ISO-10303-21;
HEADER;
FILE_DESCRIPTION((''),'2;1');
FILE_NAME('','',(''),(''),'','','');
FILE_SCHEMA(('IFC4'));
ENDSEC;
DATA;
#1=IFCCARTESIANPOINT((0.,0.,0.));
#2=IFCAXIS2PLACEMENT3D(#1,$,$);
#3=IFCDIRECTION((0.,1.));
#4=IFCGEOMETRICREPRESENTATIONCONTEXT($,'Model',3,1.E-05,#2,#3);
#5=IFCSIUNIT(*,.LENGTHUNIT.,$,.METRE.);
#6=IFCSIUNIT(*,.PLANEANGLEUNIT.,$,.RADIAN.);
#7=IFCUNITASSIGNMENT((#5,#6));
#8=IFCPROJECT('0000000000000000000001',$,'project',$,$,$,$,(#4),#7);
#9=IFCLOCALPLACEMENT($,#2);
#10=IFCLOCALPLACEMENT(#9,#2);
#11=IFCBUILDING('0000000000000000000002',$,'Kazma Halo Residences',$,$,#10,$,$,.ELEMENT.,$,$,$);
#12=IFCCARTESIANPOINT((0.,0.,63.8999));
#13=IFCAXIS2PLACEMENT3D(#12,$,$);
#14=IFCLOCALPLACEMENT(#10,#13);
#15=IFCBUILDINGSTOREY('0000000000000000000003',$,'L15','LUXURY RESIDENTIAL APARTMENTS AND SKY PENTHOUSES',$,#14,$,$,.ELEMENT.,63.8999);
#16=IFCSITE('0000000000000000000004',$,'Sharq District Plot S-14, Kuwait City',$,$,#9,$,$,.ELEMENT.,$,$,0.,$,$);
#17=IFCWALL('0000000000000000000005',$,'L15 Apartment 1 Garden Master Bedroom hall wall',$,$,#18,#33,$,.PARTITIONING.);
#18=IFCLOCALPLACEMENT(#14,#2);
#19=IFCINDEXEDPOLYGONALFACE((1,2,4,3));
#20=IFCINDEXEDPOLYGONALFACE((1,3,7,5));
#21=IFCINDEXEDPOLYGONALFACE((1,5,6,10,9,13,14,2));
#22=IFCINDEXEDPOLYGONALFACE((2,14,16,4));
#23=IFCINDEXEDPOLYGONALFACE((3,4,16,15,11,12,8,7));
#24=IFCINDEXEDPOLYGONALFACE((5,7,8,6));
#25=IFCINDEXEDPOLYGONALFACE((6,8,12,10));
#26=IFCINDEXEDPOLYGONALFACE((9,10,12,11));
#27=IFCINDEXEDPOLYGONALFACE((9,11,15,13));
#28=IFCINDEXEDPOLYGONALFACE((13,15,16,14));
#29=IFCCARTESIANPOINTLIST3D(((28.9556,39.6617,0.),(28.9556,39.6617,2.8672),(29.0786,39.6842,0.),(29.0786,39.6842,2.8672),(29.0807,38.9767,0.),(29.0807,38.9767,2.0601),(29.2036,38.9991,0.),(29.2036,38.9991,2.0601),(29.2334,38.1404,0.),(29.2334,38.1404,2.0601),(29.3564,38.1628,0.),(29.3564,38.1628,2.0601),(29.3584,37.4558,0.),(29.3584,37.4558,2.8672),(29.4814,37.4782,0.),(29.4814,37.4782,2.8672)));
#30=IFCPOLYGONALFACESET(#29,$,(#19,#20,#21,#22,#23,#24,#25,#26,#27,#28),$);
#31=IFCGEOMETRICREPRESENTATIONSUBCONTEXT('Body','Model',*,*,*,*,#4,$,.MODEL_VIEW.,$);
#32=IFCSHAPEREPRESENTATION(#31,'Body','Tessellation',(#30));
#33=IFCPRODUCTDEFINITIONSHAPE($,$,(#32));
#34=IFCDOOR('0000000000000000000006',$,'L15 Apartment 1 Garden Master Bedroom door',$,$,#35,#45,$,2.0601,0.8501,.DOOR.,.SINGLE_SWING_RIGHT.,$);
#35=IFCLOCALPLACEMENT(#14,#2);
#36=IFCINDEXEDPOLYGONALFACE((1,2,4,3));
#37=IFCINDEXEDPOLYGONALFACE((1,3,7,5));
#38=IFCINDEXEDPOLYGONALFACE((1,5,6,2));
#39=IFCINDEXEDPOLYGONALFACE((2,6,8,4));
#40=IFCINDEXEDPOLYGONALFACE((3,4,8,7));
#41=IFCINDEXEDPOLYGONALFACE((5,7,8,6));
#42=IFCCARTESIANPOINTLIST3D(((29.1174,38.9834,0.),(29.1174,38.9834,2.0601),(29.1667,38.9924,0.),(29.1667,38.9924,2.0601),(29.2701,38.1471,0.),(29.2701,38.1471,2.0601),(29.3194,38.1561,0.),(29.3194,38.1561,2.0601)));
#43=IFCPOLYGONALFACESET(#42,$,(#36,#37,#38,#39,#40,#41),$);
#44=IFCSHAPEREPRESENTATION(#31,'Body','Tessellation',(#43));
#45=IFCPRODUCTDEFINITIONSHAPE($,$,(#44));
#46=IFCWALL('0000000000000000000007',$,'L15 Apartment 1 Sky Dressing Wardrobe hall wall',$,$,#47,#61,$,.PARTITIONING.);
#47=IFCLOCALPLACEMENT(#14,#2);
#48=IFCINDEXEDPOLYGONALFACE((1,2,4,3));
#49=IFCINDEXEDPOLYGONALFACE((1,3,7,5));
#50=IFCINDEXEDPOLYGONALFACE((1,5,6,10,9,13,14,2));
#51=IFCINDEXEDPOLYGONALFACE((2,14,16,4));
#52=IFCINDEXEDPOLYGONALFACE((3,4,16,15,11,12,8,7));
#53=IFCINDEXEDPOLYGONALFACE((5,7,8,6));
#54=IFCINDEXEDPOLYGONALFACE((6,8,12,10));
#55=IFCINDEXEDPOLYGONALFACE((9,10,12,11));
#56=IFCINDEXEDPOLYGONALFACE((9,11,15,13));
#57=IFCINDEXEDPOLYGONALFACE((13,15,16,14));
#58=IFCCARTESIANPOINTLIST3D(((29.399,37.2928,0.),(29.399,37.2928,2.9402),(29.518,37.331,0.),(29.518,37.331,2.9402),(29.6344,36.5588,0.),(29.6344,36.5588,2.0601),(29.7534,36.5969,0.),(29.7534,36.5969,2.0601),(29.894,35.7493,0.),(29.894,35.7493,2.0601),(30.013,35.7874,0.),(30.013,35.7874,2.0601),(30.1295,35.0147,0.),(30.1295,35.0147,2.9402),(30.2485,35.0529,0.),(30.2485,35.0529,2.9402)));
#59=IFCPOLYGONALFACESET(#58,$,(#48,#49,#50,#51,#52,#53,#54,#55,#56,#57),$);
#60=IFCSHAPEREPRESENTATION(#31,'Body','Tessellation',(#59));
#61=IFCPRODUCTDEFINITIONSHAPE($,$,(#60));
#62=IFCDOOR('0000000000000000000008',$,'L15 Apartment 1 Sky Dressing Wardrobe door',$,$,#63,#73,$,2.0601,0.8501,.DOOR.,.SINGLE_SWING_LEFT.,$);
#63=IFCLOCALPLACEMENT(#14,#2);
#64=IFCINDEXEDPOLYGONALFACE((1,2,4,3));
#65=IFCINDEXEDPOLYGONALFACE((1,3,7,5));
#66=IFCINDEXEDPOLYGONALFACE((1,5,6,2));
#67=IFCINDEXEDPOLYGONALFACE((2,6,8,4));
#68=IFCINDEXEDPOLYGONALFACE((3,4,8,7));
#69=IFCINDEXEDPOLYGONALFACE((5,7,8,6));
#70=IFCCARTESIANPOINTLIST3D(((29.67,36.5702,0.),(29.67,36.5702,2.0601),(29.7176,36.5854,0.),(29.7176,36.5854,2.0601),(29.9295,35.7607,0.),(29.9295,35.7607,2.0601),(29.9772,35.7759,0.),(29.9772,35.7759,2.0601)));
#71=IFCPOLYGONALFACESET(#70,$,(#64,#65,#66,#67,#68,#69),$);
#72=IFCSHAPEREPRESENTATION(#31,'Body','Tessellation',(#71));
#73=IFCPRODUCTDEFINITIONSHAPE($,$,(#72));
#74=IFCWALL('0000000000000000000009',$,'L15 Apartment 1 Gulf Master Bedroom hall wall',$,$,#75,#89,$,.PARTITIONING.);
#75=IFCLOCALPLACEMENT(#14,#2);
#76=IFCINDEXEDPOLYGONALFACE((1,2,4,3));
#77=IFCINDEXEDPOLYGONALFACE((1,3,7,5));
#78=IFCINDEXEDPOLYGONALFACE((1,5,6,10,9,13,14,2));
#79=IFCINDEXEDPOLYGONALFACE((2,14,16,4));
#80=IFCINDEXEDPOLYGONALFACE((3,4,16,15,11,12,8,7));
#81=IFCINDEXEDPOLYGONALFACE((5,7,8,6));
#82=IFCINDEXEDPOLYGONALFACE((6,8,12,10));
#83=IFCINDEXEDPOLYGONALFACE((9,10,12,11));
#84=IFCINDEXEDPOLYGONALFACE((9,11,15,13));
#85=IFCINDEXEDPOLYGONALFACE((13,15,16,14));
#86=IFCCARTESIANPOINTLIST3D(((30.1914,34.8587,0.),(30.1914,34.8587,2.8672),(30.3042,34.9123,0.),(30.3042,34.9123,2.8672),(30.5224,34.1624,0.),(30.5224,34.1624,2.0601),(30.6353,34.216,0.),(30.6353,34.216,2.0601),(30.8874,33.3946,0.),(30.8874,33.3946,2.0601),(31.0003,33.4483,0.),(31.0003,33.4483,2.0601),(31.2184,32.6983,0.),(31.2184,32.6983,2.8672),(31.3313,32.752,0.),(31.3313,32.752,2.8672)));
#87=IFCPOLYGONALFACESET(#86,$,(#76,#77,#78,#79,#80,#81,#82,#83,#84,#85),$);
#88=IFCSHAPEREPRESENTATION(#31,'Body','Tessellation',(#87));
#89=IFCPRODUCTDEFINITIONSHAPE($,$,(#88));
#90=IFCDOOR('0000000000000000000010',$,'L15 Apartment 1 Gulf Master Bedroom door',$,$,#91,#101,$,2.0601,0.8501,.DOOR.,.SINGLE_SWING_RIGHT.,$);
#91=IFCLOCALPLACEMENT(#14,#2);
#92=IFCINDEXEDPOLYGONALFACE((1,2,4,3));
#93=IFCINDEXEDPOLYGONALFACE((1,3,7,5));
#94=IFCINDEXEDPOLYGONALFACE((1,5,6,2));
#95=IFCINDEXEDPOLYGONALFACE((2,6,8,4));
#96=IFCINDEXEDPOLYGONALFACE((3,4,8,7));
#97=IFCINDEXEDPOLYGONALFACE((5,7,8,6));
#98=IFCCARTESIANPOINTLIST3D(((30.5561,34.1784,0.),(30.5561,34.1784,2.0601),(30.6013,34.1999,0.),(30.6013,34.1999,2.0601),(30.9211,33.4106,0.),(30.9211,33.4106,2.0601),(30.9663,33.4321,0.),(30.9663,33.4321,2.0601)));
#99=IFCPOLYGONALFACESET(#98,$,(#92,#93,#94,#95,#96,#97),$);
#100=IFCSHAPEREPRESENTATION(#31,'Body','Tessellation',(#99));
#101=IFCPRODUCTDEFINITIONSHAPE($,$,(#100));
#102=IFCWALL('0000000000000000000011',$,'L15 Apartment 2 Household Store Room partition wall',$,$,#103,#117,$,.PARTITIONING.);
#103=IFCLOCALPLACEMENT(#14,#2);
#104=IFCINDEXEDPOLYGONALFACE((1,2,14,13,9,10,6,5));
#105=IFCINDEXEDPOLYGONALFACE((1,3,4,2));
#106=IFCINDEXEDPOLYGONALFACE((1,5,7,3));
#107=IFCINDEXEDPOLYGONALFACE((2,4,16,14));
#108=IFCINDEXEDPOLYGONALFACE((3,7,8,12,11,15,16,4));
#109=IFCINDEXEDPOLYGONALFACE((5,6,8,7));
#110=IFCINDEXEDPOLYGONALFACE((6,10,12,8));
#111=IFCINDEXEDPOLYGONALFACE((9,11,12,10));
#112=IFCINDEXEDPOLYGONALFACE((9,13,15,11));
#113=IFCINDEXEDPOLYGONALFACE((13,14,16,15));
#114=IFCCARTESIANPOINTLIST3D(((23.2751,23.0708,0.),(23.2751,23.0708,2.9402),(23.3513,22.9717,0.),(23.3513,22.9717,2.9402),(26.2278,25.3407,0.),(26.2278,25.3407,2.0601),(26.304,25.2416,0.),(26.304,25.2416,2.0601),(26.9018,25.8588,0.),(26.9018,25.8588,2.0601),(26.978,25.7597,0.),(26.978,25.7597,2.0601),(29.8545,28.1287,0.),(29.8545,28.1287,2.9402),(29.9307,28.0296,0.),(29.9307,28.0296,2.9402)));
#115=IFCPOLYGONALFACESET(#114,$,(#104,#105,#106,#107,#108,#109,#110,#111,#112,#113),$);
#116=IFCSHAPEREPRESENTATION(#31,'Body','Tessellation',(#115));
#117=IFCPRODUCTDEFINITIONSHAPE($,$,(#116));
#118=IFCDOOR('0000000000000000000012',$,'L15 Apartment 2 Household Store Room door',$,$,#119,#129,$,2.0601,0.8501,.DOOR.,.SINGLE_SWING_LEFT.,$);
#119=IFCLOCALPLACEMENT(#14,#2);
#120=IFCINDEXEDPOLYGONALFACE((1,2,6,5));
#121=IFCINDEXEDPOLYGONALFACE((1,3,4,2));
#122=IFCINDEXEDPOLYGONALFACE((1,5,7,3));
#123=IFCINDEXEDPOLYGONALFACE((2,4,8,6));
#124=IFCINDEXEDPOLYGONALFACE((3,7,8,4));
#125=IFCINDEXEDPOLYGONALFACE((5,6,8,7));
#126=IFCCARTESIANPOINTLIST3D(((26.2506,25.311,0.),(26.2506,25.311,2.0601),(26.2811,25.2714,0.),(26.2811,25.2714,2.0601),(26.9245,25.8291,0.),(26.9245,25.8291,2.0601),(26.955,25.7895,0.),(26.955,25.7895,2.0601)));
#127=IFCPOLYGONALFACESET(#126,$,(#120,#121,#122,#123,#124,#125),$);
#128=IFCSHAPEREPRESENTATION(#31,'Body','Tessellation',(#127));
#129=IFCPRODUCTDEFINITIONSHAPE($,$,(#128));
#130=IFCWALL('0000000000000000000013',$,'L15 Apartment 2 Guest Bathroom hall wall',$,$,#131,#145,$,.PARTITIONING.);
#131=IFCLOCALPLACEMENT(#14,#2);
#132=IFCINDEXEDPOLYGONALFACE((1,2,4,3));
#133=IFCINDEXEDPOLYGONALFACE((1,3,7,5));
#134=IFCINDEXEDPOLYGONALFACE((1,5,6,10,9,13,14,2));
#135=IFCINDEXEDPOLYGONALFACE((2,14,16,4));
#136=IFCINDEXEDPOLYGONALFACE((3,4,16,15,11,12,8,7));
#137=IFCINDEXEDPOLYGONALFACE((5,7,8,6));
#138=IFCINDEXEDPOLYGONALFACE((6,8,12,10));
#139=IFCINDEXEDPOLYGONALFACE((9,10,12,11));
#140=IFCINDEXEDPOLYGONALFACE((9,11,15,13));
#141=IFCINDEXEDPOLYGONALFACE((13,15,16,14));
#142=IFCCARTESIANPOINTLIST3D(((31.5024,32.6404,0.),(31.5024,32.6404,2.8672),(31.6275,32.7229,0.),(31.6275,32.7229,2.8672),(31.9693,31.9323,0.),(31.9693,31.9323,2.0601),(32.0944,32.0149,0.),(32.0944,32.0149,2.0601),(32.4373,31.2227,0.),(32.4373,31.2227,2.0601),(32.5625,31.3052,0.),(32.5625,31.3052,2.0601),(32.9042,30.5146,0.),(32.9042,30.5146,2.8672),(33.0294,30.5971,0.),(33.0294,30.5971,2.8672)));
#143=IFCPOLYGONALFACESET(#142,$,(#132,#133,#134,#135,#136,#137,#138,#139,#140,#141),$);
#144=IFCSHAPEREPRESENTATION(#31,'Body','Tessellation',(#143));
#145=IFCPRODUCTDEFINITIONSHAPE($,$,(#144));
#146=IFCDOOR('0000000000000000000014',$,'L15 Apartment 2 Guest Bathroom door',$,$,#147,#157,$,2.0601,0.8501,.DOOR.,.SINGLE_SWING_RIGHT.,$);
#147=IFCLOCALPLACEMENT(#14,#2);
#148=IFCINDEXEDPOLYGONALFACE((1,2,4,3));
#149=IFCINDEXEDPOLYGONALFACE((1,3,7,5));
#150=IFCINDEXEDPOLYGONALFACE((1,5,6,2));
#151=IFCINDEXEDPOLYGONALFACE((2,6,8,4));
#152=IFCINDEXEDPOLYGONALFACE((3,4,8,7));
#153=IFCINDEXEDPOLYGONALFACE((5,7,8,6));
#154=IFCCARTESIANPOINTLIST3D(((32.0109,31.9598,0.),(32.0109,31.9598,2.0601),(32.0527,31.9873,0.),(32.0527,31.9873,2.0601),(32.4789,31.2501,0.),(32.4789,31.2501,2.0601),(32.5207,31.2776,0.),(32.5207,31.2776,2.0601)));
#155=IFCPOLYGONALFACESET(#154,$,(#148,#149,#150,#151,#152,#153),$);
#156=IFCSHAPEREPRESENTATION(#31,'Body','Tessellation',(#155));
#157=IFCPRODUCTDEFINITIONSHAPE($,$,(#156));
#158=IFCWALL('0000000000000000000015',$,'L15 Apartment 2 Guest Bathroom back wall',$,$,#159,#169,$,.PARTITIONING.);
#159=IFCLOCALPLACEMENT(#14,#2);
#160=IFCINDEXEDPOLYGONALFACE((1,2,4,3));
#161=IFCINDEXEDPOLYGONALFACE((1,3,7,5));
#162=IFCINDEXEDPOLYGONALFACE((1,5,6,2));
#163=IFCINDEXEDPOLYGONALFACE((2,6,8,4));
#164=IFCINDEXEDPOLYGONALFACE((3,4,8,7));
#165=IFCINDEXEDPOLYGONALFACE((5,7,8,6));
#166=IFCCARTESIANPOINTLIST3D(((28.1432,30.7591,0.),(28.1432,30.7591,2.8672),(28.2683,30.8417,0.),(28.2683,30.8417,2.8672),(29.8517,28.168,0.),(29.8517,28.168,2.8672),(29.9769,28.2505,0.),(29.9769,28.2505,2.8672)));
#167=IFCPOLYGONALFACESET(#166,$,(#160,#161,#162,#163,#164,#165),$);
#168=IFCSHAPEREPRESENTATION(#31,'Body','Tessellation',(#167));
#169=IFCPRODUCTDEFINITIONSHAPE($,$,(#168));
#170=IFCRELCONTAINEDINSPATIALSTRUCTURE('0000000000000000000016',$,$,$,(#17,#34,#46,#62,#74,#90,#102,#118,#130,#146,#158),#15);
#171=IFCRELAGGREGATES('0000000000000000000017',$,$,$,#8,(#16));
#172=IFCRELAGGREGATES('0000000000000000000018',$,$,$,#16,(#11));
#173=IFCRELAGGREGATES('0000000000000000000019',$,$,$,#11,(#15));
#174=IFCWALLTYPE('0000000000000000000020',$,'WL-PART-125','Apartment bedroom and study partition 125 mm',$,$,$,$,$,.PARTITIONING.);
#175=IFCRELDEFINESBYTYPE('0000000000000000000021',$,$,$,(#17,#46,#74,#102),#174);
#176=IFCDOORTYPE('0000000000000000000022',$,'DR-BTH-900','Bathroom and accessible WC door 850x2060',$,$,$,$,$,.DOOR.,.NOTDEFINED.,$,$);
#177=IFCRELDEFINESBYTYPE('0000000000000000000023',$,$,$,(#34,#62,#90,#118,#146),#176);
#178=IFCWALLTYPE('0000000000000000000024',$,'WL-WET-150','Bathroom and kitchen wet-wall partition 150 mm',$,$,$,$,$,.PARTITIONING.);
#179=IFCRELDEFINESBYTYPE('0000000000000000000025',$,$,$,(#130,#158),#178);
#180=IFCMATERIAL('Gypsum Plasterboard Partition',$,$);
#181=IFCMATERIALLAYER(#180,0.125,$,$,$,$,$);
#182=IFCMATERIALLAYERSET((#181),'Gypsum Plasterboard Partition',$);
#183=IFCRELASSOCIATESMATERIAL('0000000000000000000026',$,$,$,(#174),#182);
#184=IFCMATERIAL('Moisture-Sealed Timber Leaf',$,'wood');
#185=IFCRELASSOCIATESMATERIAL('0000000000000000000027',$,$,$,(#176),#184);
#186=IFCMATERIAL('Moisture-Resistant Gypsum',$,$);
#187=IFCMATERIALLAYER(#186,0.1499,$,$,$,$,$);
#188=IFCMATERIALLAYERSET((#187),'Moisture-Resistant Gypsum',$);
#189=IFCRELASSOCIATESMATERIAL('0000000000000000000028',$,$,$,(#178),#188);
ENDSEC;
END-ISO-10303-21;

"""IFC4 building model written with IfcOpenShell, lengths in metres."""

from ifc_helpers import new_model, si_unit, direction, frame, frame_2d, origin, place, context, subcontext, project, spatial, rectangle, extrude, material, layer, layer_set, type_object, element, fill, save


model = new_model("IFC4")

# Units and contexts
model_context = context("Model", 3, precision=1e-05, world=origin(), true_north=direction((0.0, 1.0)))
body_context = subcontext(model_context, "Body", "Model", "MODEL_VIEW")
ifc_project = project(units=[si_unit("LENGTHUNIT", "METRE"), si_unit("PLANEANGLEUNIT", "RADIAN")], contexts=[model_context])

# Site, building, storey
site_placement = place(None, origin())
site = spatial("IfcSite", under=ifc_project, at=site_placement, Name="Sharq District Plot S-14, Kuwait City", CompositionType="ELEMENT", RefElevation=0.0)
building_placement = place(site_placement, origin())
building = spatial("IfcBuilding", under=site, at=building_placement, Name="Kazma Halo Residences", CompositionType="ELEMENT")
storey_placement = place(building_placement, frame((0.0, 0.0, 63.8999)))
storey = spatial("IfcBuildingStorey", under=building, at=storey_placement, Name="L15", Description="LUXURY RESIDENTIAL APARTMENTS AND SKY PENTHOUSES", CompositionType="ELEMENT", Elevation=63.8999)

# Shared definitions
ifc_material_1 = material(Name="Gypsum Plasterboard Partition")
ifc_layer_1 = layer(ifc_material_1, 0.125)
ifc_layer_set_1 = layer_set([ifc_layer_1], Name="Gypsum Plasterboard Partition")
wall_type_1 = type_object("IfcWallType", Name="WL-PART-125", Description="Apartment bedroom and study partition 125 mm", PredefinedType="PARTITIONING", material=ifc_layer_set_1)

# Walls, openings, doors
wall_1_placement = place(storey_placement, frame((29.0171, 39.6729, 0.0), z_axis=(0.0, 0.0, 1.0), x_axis=(0.179633, -0.983734, 0.0)))
wall_1 = element("IfcWall", 1, at=wall_1_placement, inside=storey, type_object=wall_type_1, Name="L15 Apartment 1 Garden Master Bedroom hall wall", PredefinedType="PARTITIONING", context=body_context, shape_type="SweptSolid", body=[
    extrude(rectangle(XDim=2.2424, YDim=0.125, at=frame_2d((1.1211, 0.0))), origin(), (0.0, 0.0, 1.0), 2.8672),
])
opening_1_placement = place(wall_1_placement, frame((0.6963, 0.0, 0.0)))
opening_1 = element("IfcOpeningElement", 2, at=opening_1_placement, cuts=wall_1, PredefinedType="OPENING", context=body_context, shape_type="SweptSolid", body=[
    extrude(rectangle(XDim=0.8501, YDim=2.0601, at=frame_2d((0.425, 1.03))), frame((0.0, 0.0725, 0.0), z_axis=(0.0, -1.0, 0.0), x_axis=(1.0, 0.0, 0.0)), (0.0, 0.0, 1.0), 0.145),
])
ifc_material_2 = material(Name="Moisture-Sealed Timber Leaf", Category="wood")
door_type = type_object("IfcDoorType", Name="DR-BTH-900", Description="Bathroom and accessible WC door 850x2060", OperationType="NOTDEFINED", PredefinedType="DOOR", material=ifc_material_2)
door_1_placement = place(opening_1_placement, origin())
door_1 = element("IfcDoor", 3, at=door_1_placement, inside=storey, type_object=door_type, Name="L15 Apartment 1 Garden Master Bedroom door", OperationType="SINGLE_SWING_RIGHT", OverallHeight=2.0601, OverallWidth=0.8501, PredefinedType="DOOR", context=body_context, shape_type="SweptSolid", body=[
    extrude(rectangle(XDim=0.8501, YDim=2.0601, at=frame_2d((0.425, 1.03))), frame((0.0, 0.0249, 0.0), z_axis=(0.0, -1.0, 0.0), x_axis=(1.0, 0.0, 0.0)), (0.0, 0.0, 1.0), 0.05),
])
fill(opening_1, door_1)
wall_2_placement = place(storey_placement, frame((29.4585, 37.312, 0.0), z_axis=(0.0, 0.0, 1.0), x_axis=(0.305339, -0.952244, 0.0)))
wall_2 = element("IfcWall", 4, at=wall_2_placement, inside=storey, type_object=wall_type_1, Name="L15 Apartment 1 Sky Dressing Wardrobe hall wall", PredefinedType="PARTITIONING", context=body_context, shape_type="SweptSolid", body=[
    extrude(rectangle(XDim=2.3923, YDim=0.125, at=frame_2d((1.1963, 0.0))), origin(), (0.0, 0.0, 1.0), 2.9402),
])
opening_2_placement = place(wall_2_placement, frame((0.771, 0.0, 0.0)))
opening_2 = element("IfcOpeningElement", 5, at=opening_2_placement, cuts=wall_2, PredefinedType="OPENING", context=body_context, shape_type="SweptSolid", body=[
    extrude(rectangle(XDim=0.8501, YDim=2.0601, at=frame_2d((0.425, 1.03))), frame((0.0, 0.0725, 0.0), z_axis=(0.0, -1.0, 0.0), x_axis=(1.0, 0.0, 0.0)), (0.0, 0.0, 1.0), 0.145),
])
door_2_placement = place(opening_2_placement, origin())
door_2 = element("IfcDoor", 6, at=door_2_placement, inside=storey, type_object=door_type, Name="L15 Apartment 1 Sky Dressing Wardrobe door", OperationType="SINGLE_SWING_LEFT", OverallHeight=2.0601, OverallWidth=0.8501, PredefinedType="DOOR", context=body_context, shape_type="SweptSolid", body=[
    extrude(rectangle(XDim=0.8501, YDim=2.0601, at=frame_2d((0.425, 1.03))), frame((0.0, 0.0249, 0.0), z_axis=(0.0, -1.0, 0.0), x_axis=(1.0, 0.0, 0.0)), (0.0, 0.0, 1.0), 0.05),
])
fill(opening_2, door_2)
wall_3_placement = place(storey_placement, frame((30.2478, 34.8855, 0.0), z_axis=(0.0, 0.0, 1.0), x_axis=(0.429367, -0.90313, 0.0)))
wall_3 = element("IfcWall", 7, at=wall_3_placement, inside=storey, type_object=wall_type_1, Name="L15 Apartment 1 Gulf Master Bedroom hall wall", PredefinedType="PARTITIONING", context=body_context, shape_type="SweptSolid", body=[
    extrude(rectangle(XDim=2.3921, YDim=0.125, at=frame_2d((1.196, 0.0))), origin(), (0.0, 0.0, 1.0), 2.8672),
])
opening_3_placement = place(wall_3_placement, frame((0.771, 0.0, 0.0)))
opening_3 = element("IfcOpeningElement", 8, at=opening_3_placement, cuts=wall_3, PredefinedType="OPENING", context=body_context, shape_type="SweptSolid", body=[
    extrude(rectangle(XDim=0.8501, YDim=2.0601, at=frame_2d((0.425, 1.03))), frame((0.0, 0.0725, 0.0), z_axis=(0.0, -1.0, 0.0), x_axis=(1.0, 0.0, 0.0)), (0.0, 0.0, 1.0), 0.145),
])
door_3_placement = place(opening_3_placement, origin())
door_3 = element("IfcDoor", 9, at=door_3_placement, inside=storey, type_object=door_type, Name="L15 Apartment 1 Gulf Master Bedroom door", OperationType="SINGLE_SWING_RIGHT", OverallHeight=2.0601, OverallWidth=0.8501, PredefinedType="DOOR", context=body_context, shape_type="SweptSolid", body=[
    extrude(rectangle(XDim=0.8501, YDim=2.0601, at=frame_2d((0.425, 1.03))), frame((0.0, 0.0249, 0.0), z_axis=(0.0, -1.0, 0.0), x_axis=(1.0, 0.0, 0.0)), (0.0, 0.0, 1.0), 0.05),
])
fill(opening_3, door_3)
wall_4_placement = place(storey_placement, frame((29.8926, 28.0791, 0.0), z_axis=(0.0, 0.0, 1.0), x_axis=(-0.792809, -0.60947, 0.0)))
wall_4 = element("IfcWall", 10, at=wall_4_placement, inside=storey, type_object=wall_type_1, Name="L15 Apartment 2 Household Store Room partition wall", PredefinedType="PARTITIONING", context=body_context, shape_type="SweptSolid", body=[
    extrude(rectangle(XDim=8.2988, YDim=0.125, at=frame_2d((4.1494, 0.0))), origin(), (0.0, 0.0, 1.0), 2.9402),
])
opening_4_placement = place(wall_4_placement, frame((3.7244, 0.0, 0.0)))
opening_4 = element("IfcOpeningElement", 11, at=opening_4_placement, cuts=wall_4, PredefinedType="OPENING", context=body_context, shape_type="SweptSolid", body=[
    extrude(rectangle(XDim=0.8501, YDim=2.0601, at=frame_2d((0.425, 1.03))), frame((0.0, 0.0725, 0.0), z_axis=(0.0, -1.0, 0.0), x_axis=(1.0, 0.0, 0.0)), (0.0, 0.0, 1.0), 0.145),
])
door_4_placement = place(opening_4_placement, origin())
door_4 = element("IfcDoor", 12, at=door_4_placement, inside=storey, type_object=door_type, Name="L15 Apartment 2 Household Store Room door", OperationType="SINGLE_SWING_LEFT", OverallHeight=2.0601, OverallWidth=0.8501, PredefinedType="DOOR", context=body_context, shape_type="SweptSolid", body=[
    extrude(rectangle(XDim=0.8501, YDim=2.0601, at=frame_2d((0.425, 1.03))), frame((0.0, 0.0249, 0.0), z_axis=(0.0, -1.0, 0.0), x_axis=(1.0, 0.0, 0.0)), (0.0, 0.0, 1.0), 0.05),
])
fill(opening_4, door_4)
ifc_material_3 = material(Name="Moisture-Resistant Gypsum")
ifc_layer_2 = layer(ifc_material_3, 0.1499)
ifc_layer_set_2 = layer_set([ifc_layer_2], Name="Moisture-Resistant Gypsum")
wall_type_2 = type_object("IfcWallType", Name="WL-WET-150", Description="Bathroom and kitchen wet-wall partition 150 mm", PredefinedType="PARTITIONING", material=ifc_layer_set_2)
wall_5_placement = place(storey_placement, frame((31.5649, 32.6816, 0.0), z_axis=(0.0, 0.0, 1.0), x_axis=(0.550534, -0.834813, 0.0)))
wall_5 = element("IfcWall", 13, at=wall_5_placement, inside=storey, type_object=wall_type_2, Name="L15 Apartment 2 Guest Bathroom hall wall", PredefinedType="PARTITIONING", context=body_context, shape_type="SweptSolid", body=[
    extrude(rectangle(XDim=2.5464, YDim=0.1499, at=frame_2d((1.2732, 0.0))), origin(), (0.0, 0.0, 1.0), 2.8672),
])
opening_5_placement = place(wall_5_placement, frame((0.8481, 0.0, 0.0)))
opening_5 = element("IfcOpeningElement", 14, at=opening_5_placement, cuts=wall_5, PredefinedType="OPENING", context=body_context, shape_type="SweptSolid", body=[
    extrude(rectangle(XDim=0.8501, YDim=2.0601, at=frame_2d((0.425, 1.03))), frame((0.0, 0.085, 0.0), z_axis=(0.0, -1.0, 0.0), x_axis=(1.0, 0.0, 0.0)), (0.0, 0.0, 1.0), 0.1699),
])
door_5_placement = place(opening_5_placement, origin())
door_5 = element("IfcDoor", 15, at=door_5_placement, inside=storey, type_object=door_type, Name="L15 Apartment 2 Guest Bathroom door", OperationType="SINGLE_SWING_RIGHT", OverallHeight=2.0601, OverallWidth=0.8501, PredefinedType="DOOR", context=body_context, shape_type="SweptSolid", body=[
    extrude(rectangle(XDim=0.8501, YDim=2.0601, at=frame_2d((0.425, 1.03))), frame((0.0, 0.0249, 0.0), z_axis=(0.0, -1.0, 0.0), x_axis=(1.0, 0.0, 0.0)), (0.0, 0.0, 1.0), 0.05),
])
fill(opening_5, door_5)

# Wall
wall_6_placement = place(storey_placement, frame((28.2058, 30.8003, 0.0), z_axis=(0.0, 0.0, 1.0), x_axis=(0.550482, -0.834847, 0.0)))
element("IfcWall", 16, at=wall_6_placement, inside=storey, type_object=wall_type_2, Name="L15 Apartment 2 Guest Bathroom back wall", PredefinedType="PARTITIONING", context=body_context, shape_type="SweptSolid", body=[
    extrude(rectangle(XDim=3.1038, YDim=0.1499, at=frame_2d((1.5518, 0.0))), origin(), (0.0, 0.0, 1.0), 2.8672),
])

save(model, "model.ifc")
